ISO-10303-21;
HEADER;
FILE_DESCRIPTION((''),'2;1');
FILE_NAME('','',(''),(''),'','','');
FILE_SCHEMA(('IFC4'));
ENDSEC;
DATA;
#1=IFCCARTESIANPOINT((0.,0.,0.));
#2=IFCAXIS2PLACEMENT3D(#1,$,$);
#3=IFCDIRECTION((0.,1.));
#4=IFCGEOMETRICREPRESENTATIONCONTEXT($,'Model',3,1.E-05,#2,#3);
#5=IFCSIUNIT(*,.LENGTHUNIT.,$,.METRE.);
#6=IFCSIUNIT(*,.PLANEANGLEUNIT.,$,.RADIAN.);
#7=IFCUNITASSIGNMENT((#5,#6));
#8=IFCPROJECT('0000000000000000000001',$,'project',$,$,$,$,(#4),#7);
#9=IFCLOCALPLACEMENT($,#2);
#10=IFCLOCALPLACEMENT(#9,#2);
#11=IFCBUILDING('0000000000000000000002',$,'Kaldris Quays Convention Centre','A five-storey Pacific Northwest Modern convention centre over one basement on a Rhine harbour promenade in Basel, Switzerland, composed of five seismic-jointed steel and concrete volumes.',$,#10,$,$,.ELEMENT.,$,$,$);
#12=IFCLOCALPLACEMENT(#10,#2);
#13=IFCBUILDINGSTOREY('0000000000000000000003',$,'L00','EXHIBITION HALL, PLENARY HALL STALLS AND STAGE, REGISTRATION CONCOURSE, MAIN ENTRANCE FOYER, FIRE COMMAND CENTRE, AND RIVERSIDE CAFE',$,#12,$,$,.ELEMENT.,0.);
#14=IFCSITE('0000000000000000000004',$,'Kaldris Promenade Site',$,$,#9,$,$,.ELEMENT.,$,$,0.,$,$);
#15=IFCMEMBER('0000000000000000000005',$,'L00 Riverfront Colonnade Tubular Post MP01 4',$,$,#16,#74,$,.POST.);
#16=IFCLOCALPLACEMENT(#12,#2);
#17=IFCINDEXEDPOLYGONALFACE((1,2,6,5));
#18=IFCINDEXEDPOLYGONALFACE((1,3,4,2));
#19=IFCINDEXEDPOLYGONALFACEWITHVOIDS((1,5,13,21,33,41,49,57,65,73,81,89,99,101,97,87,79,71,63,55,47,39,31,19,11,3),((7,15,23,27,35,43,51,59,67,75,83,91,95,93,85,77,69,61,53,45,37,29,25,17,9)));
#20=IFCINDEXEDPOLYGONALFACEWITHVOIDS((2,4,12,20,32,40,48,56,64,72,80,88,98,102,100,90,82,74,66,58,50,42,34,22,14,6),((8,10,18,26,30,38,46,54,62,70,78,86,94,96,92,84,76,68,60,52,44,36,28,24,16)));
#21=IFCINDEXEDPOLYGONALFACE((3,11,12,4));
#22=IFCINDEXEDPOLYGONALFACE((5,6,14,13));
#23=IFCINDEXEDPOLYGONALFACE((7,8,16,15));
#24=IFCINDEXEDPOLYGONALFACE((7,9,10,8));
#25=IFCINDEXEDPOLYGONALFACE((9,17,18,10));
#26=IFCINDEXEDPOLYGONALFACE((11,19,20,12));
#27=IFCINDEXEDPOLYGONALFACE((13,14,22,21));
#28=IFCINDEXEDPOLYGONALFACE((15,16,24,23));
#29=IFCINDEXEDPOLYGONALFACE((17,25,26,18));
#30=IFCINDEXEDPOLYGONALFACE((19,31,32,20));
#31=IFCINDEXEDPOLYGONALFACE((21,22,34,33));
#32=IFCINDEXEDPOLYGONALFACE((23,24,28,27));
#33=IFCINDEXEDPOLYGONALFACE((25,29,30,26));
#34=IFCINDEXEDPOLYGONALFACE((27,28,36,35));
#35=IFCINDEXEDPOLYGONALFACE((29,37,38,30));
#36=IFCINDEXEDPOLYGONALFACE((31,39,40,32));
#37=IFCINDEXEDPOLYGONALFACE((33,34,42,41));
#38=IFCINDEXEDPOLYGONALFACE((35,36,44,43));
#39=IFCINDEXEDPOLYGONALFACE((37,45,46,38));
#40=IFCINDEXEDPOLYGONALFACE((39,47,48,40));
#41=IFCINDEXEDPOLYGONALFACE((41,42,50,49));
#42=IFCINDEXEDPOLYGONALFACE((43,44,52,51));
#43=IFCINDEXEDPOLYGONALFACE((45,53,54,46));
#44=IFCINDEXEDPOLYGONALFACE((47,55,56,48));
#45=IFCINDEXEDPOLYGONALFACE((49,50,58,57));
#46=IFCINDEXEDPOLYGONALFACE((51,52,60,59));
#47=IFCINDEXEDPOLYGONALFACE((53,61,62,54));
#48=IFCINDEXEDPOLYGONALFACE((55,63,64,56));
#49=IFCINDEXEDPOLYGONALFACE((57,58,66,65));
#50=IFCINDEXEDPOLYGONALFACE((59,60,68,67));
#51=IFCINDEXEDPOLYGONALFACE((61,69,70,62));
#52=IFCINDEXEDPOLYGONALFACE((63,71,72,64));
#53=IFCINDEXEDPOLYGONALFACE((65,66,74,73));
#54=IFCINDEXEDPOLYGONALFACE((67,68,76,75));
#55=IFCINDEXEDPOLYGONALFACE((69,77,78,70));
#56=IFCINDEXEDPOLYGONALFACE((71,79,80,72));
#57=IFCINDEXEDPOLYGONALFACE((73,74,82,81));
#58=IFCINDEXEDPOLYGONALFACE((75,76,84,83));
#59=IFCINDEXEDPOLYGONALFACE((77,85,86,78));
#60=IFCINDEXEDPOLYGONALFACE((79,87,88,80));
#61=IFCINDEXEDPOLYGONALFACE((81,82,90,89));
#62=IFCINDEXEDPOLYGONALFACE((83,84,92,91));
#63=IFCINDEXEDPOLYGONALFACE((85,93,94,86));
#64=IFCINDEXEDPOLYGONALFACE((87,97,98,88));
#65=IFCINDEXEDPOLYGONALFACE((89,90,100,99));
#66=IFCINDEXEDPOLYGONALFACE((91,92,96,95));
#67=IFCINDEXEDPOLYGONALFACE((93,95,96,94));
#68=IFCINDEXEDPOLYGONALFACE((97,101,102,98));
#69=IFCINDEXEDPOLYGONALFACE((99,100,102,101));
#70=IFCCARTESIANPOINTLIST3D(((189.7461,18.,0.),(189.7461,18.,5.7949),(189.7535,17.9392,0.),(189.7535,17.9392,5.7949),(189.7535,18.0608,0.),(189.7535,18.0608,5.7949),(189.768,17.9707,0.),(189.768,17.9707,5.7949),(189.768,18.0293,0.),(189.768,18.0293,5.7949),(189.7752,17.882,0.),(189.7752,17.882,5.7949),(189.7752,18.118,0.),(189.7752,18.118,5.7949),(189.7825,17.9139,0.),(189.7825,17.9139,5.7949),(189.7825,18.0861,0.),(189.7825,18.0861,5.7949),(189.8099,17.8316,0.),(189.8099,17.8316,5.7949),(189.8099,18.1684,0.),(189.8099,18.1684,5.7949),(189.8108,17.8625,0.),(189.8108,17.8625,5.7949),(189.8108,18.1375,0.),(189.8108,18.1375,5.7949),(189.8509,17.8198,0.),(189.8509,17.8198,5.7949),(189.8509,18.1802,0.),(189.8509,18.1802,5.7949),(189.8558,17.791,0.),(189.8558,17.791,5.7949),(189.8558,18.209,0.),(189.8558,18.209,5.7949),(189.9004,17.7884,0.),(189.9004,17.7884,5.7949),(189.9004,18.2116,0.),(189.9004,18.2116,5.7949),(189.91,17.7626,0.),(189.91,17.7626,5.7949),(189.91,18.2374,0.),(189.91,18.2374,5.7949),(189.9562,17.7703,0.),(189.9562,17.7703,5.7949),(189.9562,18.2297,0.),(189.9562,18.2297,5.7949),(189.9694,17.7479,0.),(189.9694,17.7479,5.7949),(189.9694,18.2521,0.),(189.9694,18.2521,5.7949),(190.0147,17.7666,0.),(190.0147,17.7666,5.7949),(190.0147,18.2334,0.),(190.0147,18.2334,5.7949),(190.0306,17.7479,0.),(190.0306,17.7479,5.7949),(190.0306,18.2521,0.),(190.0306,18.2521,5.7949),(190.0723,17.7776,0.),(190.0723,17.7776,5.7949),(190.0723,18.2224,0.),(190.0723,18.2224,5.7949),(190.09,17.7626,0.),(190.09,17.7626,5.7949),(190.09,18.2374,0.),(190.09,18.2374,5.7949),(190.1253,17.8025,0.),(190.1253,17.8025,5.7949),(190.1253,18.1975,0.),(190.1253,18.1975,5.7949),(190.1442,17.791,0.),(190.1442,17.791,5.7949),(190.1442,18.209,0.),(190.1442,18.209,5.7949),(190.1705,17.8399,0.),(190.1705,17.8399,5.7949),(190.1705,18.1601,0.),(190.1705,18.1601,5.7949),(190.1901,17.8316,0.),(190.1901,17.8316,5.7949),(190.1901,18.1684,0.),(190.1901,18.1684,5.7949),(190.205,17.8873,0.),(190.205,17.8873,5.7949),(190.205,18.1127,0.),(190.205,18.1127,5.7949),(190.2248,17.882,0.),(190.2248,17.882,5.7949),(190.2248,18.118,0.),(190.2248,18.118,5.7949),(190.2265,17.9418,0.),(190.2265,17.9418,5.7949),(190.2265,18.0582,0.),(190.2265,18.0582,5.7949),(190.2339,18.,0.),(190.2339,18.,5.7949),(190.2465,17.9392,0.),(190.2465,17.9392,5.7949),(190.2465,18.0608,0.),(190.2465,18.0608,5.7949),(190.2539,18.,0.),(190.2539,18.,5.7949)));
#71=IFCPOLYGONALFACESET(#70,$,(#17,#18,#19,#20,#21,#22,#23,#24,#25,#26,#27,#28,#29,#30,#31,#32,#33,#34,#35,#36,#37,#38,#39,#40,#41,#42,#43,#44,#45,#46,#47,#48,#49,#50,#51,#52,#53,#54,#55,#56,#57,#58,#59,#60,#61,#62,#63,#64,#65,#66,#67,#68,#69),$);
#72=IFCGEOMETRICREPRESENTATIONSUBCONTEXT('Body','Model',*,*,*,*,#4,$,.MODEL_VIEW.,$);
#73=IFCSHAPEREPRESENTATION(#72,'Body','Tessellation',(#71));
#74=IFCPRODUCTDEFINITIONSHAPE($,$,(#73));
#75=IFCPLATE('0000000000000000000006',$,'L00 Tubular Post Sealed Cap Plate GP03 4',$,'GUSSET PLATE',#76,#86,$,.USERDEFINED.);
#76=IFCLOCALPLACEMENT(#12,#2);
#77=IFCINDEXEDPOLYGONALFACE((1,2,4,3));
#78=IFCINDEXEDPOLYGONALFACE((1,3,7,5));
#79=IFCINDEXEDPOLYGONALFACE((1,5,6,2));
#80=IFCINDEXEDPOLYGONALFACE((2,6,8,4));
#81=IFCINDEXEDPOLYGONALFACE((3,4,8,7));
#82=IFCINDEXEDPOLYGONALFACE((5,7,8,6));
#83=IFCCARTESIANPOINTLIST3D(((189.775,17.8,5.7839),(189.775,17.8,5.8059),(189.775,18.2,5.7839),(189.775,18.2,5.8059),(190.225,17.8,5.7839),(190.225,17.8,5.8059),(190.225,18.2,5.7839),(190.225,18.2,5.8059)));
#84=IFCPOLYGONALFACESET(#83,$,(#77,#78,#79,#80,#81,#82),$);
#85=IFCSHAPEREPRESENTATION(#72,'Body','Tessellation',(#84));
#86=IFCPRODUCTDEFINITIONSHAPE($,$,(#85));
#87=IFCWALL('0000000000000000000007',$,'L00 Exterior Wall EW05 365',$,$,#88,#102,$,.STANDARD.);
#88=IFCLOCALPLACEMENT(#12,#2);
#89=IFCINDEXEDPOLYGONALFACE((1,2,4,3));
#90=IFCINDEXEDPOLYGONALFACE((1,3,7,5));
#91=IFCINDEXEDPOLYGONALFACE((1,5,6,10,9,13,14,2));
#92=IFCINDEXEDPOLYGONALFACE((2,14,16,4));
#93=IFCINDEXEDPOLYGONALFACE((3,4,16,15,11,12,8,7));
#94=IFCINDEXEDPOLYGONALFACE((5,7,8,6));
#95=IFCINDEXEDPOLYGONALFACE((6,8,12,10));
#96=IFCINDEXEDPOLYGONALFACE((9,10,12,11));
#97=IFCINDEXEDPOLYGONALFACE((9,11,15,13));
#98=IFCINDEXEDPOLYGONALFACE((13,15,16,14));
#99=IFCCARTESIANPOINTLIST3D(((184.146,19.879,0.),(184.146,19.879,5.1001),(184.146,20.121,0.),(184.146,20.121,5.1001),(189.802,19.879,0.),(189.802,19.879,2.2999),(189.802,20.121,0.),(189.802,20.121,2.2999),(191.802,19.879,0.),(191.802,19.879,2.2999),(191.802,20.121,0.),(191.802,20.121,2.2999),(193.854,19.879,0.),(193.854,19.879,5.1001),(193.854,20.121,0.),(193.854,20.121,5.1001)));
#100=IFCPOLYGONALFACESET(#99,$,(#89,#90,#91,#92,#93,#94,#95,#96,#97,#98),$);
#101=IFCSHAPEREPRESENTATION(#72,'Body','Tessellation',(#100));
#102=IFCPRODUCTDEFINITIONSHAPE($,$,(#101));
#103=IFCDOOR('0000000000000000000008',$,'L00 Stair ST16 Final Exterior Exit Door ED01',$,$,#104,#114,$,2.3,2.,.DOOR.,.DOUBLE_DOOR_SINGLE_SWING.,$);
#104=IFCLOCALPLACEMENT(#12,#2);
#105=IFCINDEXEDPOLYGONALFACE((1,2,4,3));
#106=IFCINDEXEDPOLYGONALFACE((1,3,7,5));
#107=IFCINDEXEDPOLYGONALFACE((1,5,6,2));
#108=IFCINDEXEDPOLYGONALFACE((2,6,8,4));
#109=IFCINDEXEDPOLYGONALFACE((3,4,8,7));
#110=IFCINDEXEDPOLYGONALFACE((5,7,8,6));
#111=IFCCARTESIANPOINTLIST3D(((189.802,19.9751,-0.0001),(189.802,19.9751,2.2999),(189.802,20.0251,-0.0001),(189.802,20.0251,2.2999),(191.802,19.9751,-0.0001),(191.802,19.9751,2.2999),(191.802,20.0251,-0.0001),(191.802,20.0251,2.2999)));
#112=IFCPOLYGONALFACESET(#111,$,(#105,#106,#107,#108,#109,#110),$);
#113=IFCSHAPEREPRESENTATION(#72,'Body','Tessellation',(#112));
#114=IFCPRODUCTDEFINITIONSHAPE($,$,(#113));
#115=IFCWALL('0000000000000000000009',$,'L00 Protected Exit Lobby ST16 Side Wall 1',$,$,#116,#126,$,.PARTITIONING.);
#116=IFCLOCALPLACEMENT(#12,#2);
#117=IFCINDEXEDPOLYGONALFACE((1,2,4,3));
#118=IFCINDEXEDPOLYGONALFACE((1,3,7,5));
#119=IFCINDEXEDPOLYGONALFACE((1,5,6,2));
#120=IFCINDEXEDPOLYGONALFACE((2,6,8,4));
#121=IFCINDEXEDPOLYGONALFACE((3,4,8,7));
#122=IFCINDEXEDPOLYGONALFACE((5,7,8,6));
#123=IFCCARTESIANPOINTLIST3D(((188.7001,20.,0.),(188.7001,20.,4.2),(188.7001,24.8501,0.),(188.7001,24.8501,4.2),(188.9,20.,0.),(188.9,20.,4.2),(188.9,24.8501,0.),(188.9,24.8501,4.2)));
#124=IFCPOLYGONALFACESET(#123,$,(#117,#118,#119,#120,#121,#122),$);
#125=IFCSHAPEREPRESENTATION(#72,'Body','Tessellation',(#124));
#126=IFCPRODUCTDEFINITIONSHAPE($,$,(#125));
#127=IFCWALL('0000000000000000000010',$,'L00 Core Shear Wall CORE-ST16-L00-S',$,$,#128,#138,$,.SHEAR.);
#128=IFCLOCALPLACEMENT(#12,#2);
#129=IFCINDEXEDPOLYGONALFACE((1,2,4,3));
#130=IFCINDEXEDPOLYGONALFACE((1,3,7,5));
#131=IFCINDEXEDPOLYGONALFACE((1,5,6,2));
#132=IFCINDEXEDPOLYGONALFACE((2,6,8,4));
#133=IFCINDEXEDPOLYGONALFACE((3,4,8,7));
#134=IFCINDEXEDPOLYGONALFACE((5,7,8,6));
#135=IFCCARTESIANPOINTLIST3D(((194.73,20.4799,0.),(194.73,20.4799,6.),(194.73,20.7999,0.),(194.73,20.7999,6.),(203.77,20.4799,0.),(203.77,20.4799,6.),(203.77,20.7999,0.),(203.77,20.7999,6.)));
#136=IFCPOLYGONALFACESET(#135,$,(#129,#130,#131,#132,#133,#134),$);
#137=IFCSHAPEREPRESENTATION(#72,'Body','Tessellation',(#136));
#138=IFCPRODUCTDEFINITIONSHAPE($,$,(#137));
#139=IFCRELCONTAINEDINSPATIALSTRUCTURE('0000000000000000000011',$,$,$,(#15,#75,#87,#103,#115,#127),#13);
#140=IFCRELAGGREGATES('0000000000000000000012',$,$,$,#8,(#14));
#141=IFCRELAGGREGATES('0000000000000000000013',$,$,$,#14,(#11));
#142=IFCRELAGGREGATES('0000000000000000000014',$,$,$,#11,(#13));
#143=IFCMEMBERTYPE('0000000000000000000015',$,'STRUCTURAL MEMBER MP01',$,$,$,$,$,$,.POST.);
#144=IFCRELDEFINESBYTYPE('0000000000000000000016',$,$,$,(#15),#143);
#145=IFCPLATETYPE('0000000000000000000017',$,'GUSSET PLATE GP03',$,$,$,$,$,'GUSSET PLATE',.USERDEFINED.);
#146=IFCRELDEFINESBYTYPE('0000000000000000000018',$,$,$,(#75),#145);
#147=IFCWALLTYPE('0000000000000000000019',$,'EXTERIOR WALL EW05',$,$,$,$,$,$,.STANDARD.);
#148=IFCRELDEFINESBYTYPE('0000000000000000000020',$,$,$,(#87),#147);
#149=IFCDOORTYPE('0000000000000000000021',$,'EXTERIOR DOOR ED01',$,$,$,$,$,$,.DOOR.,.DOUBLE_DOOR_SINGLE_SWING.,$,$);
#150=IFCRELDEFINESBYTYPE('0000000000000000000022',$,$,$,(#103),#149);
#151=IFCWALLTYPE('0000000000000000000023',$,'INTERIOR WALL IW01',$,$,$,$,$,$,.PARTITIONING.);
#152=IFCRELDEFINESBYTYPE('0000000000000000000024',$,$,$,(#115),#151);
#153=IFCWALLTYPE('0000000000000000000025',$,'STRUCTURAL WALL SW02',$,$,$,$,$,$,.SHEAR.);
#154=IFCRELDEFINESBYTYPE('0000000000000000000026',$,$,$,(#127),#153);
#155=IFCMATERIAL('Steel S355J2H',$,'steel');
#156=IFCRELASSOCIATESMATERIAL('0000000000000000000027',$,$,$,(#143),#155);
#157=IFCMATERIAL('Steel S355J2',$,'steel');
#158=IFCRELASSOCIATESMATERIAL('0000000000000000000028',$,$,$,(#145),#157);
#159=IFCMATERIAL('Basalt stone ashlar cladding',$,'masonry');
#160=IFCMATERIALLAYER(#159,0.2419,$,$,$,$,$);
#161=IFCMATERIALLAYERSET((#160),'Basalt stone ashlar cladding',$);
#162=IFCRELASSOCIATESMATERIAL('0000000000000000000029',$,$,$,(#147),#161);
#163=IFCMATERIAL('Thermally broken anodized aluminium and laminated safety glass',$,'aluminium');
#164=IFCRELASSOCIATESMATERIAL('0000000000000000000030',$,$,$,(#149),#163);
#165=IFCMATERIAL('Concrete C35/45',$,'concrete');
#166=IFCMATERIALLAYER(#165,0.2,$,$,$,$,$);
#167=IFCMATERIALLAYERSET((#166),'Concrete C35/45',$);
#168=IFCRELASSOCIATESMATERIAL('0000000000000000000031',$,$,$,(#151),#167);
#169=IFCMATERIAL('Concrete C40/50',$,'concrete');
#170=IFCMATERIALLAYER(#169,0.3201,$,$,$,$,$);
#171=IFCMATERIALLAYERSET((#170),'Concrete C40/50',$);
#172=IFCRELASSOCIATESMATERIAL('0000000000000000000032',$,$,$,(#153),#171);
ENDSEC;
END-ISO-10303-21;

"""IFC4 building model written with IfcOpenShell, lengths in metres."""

from ifc_helpers import new_model, si_unit, direction, frame, frame_2d, origin, origin_2d, place, context, subcontext, project, spatial, rectangle, hollow_circle, extrude, material, layer, layer_set, material_profile, profile_set, type_object, element, fill, save


model = new_model("IFC4")

# Units and contexts
model_context = context("Model", 3, precision=1e-05, world=origin(), true_north=direction((0.0, 1.0)))
body_context = subcontext(model_context, "Body", "Model", "MODEL_VIEW")
ifc_project = project(units=[si_unit("LENGTHUNIT", "METRE"), si_unit("PLANEANGLEUNIT", "RADIAN")], contexts=[model_context])

# Site, building, storey
site_placement = place(None, origin())
site = spatial("IfcSite", under=ifc_project, at=site_placement, Name="Kaldris Promenade Site", CompositionType="ELEMENT", RefElevation=0.0)
building_placement = place(site_placement, origin())
building = spatial("IfcBuilding", under=site, at=building_placement, Name="Kaldris Quays Convention Centre", Description="A five-storey Pacific Northwest Modern convention centre over one basement on a Rhine harbour promenade in Basel, Switzerland, composed of five seismic-jointed steel and concrete volumes.", CompositionType="ELEMENT")
storey_placement = place(building_placement, origin())
storey = spatial("IfcBuildingStorey", under=building, at=storey_placement, Name="L00", Description="EXHIBITION HALL, PLENARY HALL STALLS AND STAGE, REGISTRATION CONCOURSE, MAIN ENTRANCE FOYER, FIRE COMMAND CENTRE, AND RIVERSIDE CAFE", CompositionType="ELEMENT", Elevation=0.0)

# Shared definitions
ifc_material_1 = material(Name="Steel S355J2", Category="steel")

# Member
ifc_material_2 = material(Name="Steel S355J2H", Category="steel")
ifc_material_profile_1 = material_profile(ifc_material_2, hollow_circle(Radius=0.2539, WallThickness=0.02, at=origin_2d()), Name="CHS 508x20")
ifc_profile_set_1 = profile_set([ifc_material_profile_1], Name="Steel S355J2H")
member_type_1 = type_object("IfcMemberType", Name="STRUCTURAL MEMBER MP01", PredefinedType="POST", material=ifc_profile_set_1)
member_1_placement = place(storey_placement, frame((190.0, 18.0, 0.0), z_axis=(0.0, 0.0, 1.0), x_axis=(1.0, 0.0, 0.0)))
element("IfcMember", 1, at=member_1_placement, inside=storey, type_object=member_type_1, Name="L00 Riverfront Colonnade Tubular Post MP01 4", PredefinedType="POST", context=body_context, shape_type="SweptSolid", body=[
    extrude(hollow_circle(Radius=0.2539, WallThickness=0.02, at=origin_2d()), origin(), (0.0, 0.0, 1.0), 5.7949),
])

# Plate
plate_type = type_object("IfcPlateType", Name="GUSSET PLATE GP03", ElementType="GUSSET PLATE", PredefinedType="USERDEFINED", material=ifc_material_1)
plate_placement = place(storey_placement, frame((190.0, 18.0, 5.7839), z_axis=(0.0, 0.0, 1.0), x_axis=(1.0, 0.0, 0.0)))
element("IfcPlate", 2, at=plate_placement, inside=storey, type_object=plate_type, Name="L00 Tubular Post Sealed Cap Plate GP03 4", ObjectType="GUSSET PLATE", PredefinedType="USERDEFINED", context=body_context, shape_type="SweptSolid", body=[
    extrude(rectangle(XDim=0.45, YDim=0.3999, at=origin_2d()), origin(), (0.0, 0.0, 1.0), 0.022),
])

# Wall, opening, door
ifc_material_3 = material(Name="Basalt stone ashlar cladding", Category="masonry")
ifc_layer_1 = layer(ifc_material_3, 0.2419)
ifc_layer_set_1 = layer_set([ifc_layer_1], Name="Basalt stone ashlar cladding")
wall_type_1 = type_object("IfcWallType", Name="EXTERIOR WALL EW05", PredefinedType="STANDARD", material=ifc_layer_set_1)
wall_1_placement = place(storey_placement, frame((184.146, 20.0, 0.0), z_axis=(0.0, 0.0, 1.0), x_axis=(1.0, 0.0, 0.0)))
wall_1 = element("IfcWall", 3, at=wall_1_placement, inside=storey, type_object=wall_type_1, Name="L00 Exterior Wall EW05 365", PredefinedType="STANDARD", context=body_context, shape_type="SweptSolid", body=[
    extrude(rectangle(XDim=9.708, YDim=0.2419, at=frame_2d((4.854, 0.0))), origin(), (0.0, 0.0, 1.0), 5.1001),
])
opening_placement = place(wall_1_placement, frame((5.656, 0.0, 0.0)))
opening = element("IfcOpeningElement", 4, at=opening_placement, cuts=wall_1, PredefinedType="OPENING", context=body_context, shape_type="SweptSolid", body=[
    extrude(rectangle(XDim=2.0, YDim=2.3, at=frame_2d((1.0, 1.1499))), frame((0.0, 0.1309, 0.0), z_axis=(0.0, -1.0, 0.0), x_axis=(1.0, 0.0, 0.0)), (0.0, 0.0, 1.0), 0.262),
])
ifc_material_4 = material(Name="Thermally broken anodized aluminium and laminated safety glass", Category="aluminium")
door_type = type_object("IfcDoorType", Name="EXTERIOR DOOR ED01", OperationType="DOUBLE_DOOR_SINGLE_SWING", PredefinedType="DOOR", material=ifc_material_4)
door_placement = place(opening_placement, frame((2.0, 0.0, 0.0), z_axis=(0.0, 0.0, 1.0), x_axis=(-1.0, 0.0, 0.0)))
door = element("IfcDoor", 5, at=door_placement, inside=storey, type_object=door_type, Name="L00 Stair ST16 Final Exterior Exit Door ED01", OperationType="DOUBLE_DOOR_SINGLE_SWING", OverallHeight=2.3, OverallWidth=2.0, PredefinedType="DOOR", context=body_context, shape_type="SweptSolid", body=[
    extrude(rectangle(XDim=2.0, YDim=2.3, at=frame_2d((1.0, 1.1499))), frame((0.0, 0.0249, 0.0), z_axis=(0.0, -1.0, 0.0), x_axis=(1.0, 0.0, 0.0)), (0.0, 0.0, 1.0), 0.05),
])
fill(opening, door)

# Walls
ifc_material_5 = material(Name="Concrete C35/45", Category="concrete")
ifc_layer_2 = layer(ifc_material_5, 0.2)
ifc_layer_set_2 = layer_set([ifc_layer_2], Name="Concrete C35/45")
wall_type_2 = type_object("IfcWallType", Name="INTERIOR WALL IW01", PredefinedType="PARTITIONING", material=ifc_layer_set_2)
wall_2_placement = place(storey_placement, frame((188.8, 20.0, 0.0), z_axis=(0.0, 0.0, 1.0), x_axis=(0.0, 1.0, 0.0)))
element("IfcWall", 6, at=wall_2_placement, inside=storey, type_object=wall_type_2, Name="L00 Protected Exit Lobby ST16 Side Wall 1", PredefinedType="PARTITIONING", context=body_context, shape_type="SweptSolid", body=[
    extrude(rectangle(XDim=4.8501, YDim=0.2, at=frame_2d((2.425, 0.0))), origin(), (0.0, 0.0, 1.0), 4.2),
])
ifc_material_6 = material(Name="Concrete C40/50", Category="concrete")
ifc_layer_3 = layer(ifc_material_6, 0.3201)
ifc_layer_set_3 = layer_set([ifc_layer_3], Name="Concrete C40/50")
wall_type_3 = type_object("IfcWallType", Name="STRUCTURAL WALL SW02", PredefinedType="SHEAR", material=ifc_layer_set_3)
wall_3_placement = place(storey_placement, frame((194.73, 20.6399, 0.0), z_axis=(0.0, 0.0, 1.0), x_axis=(1.0, 0.0, 0.0)))
element("IfcWall", 7, at=wall_3_placement, inside=storey, type_object=wall_type_3, Name="L00 Core Shear Wall CORE-ST16-L00-S", PredefinedType="SHEAR", context=body_context, shape_type="SweptSolid", body=[
    extrude(rectangle(XDim=9.04, YDim=0.3201, at=frame_2d((4.52, 0.0))), origin(), (0.0, 0.0, 1.0), 6.0),
])

save(model, "model.ifc")
